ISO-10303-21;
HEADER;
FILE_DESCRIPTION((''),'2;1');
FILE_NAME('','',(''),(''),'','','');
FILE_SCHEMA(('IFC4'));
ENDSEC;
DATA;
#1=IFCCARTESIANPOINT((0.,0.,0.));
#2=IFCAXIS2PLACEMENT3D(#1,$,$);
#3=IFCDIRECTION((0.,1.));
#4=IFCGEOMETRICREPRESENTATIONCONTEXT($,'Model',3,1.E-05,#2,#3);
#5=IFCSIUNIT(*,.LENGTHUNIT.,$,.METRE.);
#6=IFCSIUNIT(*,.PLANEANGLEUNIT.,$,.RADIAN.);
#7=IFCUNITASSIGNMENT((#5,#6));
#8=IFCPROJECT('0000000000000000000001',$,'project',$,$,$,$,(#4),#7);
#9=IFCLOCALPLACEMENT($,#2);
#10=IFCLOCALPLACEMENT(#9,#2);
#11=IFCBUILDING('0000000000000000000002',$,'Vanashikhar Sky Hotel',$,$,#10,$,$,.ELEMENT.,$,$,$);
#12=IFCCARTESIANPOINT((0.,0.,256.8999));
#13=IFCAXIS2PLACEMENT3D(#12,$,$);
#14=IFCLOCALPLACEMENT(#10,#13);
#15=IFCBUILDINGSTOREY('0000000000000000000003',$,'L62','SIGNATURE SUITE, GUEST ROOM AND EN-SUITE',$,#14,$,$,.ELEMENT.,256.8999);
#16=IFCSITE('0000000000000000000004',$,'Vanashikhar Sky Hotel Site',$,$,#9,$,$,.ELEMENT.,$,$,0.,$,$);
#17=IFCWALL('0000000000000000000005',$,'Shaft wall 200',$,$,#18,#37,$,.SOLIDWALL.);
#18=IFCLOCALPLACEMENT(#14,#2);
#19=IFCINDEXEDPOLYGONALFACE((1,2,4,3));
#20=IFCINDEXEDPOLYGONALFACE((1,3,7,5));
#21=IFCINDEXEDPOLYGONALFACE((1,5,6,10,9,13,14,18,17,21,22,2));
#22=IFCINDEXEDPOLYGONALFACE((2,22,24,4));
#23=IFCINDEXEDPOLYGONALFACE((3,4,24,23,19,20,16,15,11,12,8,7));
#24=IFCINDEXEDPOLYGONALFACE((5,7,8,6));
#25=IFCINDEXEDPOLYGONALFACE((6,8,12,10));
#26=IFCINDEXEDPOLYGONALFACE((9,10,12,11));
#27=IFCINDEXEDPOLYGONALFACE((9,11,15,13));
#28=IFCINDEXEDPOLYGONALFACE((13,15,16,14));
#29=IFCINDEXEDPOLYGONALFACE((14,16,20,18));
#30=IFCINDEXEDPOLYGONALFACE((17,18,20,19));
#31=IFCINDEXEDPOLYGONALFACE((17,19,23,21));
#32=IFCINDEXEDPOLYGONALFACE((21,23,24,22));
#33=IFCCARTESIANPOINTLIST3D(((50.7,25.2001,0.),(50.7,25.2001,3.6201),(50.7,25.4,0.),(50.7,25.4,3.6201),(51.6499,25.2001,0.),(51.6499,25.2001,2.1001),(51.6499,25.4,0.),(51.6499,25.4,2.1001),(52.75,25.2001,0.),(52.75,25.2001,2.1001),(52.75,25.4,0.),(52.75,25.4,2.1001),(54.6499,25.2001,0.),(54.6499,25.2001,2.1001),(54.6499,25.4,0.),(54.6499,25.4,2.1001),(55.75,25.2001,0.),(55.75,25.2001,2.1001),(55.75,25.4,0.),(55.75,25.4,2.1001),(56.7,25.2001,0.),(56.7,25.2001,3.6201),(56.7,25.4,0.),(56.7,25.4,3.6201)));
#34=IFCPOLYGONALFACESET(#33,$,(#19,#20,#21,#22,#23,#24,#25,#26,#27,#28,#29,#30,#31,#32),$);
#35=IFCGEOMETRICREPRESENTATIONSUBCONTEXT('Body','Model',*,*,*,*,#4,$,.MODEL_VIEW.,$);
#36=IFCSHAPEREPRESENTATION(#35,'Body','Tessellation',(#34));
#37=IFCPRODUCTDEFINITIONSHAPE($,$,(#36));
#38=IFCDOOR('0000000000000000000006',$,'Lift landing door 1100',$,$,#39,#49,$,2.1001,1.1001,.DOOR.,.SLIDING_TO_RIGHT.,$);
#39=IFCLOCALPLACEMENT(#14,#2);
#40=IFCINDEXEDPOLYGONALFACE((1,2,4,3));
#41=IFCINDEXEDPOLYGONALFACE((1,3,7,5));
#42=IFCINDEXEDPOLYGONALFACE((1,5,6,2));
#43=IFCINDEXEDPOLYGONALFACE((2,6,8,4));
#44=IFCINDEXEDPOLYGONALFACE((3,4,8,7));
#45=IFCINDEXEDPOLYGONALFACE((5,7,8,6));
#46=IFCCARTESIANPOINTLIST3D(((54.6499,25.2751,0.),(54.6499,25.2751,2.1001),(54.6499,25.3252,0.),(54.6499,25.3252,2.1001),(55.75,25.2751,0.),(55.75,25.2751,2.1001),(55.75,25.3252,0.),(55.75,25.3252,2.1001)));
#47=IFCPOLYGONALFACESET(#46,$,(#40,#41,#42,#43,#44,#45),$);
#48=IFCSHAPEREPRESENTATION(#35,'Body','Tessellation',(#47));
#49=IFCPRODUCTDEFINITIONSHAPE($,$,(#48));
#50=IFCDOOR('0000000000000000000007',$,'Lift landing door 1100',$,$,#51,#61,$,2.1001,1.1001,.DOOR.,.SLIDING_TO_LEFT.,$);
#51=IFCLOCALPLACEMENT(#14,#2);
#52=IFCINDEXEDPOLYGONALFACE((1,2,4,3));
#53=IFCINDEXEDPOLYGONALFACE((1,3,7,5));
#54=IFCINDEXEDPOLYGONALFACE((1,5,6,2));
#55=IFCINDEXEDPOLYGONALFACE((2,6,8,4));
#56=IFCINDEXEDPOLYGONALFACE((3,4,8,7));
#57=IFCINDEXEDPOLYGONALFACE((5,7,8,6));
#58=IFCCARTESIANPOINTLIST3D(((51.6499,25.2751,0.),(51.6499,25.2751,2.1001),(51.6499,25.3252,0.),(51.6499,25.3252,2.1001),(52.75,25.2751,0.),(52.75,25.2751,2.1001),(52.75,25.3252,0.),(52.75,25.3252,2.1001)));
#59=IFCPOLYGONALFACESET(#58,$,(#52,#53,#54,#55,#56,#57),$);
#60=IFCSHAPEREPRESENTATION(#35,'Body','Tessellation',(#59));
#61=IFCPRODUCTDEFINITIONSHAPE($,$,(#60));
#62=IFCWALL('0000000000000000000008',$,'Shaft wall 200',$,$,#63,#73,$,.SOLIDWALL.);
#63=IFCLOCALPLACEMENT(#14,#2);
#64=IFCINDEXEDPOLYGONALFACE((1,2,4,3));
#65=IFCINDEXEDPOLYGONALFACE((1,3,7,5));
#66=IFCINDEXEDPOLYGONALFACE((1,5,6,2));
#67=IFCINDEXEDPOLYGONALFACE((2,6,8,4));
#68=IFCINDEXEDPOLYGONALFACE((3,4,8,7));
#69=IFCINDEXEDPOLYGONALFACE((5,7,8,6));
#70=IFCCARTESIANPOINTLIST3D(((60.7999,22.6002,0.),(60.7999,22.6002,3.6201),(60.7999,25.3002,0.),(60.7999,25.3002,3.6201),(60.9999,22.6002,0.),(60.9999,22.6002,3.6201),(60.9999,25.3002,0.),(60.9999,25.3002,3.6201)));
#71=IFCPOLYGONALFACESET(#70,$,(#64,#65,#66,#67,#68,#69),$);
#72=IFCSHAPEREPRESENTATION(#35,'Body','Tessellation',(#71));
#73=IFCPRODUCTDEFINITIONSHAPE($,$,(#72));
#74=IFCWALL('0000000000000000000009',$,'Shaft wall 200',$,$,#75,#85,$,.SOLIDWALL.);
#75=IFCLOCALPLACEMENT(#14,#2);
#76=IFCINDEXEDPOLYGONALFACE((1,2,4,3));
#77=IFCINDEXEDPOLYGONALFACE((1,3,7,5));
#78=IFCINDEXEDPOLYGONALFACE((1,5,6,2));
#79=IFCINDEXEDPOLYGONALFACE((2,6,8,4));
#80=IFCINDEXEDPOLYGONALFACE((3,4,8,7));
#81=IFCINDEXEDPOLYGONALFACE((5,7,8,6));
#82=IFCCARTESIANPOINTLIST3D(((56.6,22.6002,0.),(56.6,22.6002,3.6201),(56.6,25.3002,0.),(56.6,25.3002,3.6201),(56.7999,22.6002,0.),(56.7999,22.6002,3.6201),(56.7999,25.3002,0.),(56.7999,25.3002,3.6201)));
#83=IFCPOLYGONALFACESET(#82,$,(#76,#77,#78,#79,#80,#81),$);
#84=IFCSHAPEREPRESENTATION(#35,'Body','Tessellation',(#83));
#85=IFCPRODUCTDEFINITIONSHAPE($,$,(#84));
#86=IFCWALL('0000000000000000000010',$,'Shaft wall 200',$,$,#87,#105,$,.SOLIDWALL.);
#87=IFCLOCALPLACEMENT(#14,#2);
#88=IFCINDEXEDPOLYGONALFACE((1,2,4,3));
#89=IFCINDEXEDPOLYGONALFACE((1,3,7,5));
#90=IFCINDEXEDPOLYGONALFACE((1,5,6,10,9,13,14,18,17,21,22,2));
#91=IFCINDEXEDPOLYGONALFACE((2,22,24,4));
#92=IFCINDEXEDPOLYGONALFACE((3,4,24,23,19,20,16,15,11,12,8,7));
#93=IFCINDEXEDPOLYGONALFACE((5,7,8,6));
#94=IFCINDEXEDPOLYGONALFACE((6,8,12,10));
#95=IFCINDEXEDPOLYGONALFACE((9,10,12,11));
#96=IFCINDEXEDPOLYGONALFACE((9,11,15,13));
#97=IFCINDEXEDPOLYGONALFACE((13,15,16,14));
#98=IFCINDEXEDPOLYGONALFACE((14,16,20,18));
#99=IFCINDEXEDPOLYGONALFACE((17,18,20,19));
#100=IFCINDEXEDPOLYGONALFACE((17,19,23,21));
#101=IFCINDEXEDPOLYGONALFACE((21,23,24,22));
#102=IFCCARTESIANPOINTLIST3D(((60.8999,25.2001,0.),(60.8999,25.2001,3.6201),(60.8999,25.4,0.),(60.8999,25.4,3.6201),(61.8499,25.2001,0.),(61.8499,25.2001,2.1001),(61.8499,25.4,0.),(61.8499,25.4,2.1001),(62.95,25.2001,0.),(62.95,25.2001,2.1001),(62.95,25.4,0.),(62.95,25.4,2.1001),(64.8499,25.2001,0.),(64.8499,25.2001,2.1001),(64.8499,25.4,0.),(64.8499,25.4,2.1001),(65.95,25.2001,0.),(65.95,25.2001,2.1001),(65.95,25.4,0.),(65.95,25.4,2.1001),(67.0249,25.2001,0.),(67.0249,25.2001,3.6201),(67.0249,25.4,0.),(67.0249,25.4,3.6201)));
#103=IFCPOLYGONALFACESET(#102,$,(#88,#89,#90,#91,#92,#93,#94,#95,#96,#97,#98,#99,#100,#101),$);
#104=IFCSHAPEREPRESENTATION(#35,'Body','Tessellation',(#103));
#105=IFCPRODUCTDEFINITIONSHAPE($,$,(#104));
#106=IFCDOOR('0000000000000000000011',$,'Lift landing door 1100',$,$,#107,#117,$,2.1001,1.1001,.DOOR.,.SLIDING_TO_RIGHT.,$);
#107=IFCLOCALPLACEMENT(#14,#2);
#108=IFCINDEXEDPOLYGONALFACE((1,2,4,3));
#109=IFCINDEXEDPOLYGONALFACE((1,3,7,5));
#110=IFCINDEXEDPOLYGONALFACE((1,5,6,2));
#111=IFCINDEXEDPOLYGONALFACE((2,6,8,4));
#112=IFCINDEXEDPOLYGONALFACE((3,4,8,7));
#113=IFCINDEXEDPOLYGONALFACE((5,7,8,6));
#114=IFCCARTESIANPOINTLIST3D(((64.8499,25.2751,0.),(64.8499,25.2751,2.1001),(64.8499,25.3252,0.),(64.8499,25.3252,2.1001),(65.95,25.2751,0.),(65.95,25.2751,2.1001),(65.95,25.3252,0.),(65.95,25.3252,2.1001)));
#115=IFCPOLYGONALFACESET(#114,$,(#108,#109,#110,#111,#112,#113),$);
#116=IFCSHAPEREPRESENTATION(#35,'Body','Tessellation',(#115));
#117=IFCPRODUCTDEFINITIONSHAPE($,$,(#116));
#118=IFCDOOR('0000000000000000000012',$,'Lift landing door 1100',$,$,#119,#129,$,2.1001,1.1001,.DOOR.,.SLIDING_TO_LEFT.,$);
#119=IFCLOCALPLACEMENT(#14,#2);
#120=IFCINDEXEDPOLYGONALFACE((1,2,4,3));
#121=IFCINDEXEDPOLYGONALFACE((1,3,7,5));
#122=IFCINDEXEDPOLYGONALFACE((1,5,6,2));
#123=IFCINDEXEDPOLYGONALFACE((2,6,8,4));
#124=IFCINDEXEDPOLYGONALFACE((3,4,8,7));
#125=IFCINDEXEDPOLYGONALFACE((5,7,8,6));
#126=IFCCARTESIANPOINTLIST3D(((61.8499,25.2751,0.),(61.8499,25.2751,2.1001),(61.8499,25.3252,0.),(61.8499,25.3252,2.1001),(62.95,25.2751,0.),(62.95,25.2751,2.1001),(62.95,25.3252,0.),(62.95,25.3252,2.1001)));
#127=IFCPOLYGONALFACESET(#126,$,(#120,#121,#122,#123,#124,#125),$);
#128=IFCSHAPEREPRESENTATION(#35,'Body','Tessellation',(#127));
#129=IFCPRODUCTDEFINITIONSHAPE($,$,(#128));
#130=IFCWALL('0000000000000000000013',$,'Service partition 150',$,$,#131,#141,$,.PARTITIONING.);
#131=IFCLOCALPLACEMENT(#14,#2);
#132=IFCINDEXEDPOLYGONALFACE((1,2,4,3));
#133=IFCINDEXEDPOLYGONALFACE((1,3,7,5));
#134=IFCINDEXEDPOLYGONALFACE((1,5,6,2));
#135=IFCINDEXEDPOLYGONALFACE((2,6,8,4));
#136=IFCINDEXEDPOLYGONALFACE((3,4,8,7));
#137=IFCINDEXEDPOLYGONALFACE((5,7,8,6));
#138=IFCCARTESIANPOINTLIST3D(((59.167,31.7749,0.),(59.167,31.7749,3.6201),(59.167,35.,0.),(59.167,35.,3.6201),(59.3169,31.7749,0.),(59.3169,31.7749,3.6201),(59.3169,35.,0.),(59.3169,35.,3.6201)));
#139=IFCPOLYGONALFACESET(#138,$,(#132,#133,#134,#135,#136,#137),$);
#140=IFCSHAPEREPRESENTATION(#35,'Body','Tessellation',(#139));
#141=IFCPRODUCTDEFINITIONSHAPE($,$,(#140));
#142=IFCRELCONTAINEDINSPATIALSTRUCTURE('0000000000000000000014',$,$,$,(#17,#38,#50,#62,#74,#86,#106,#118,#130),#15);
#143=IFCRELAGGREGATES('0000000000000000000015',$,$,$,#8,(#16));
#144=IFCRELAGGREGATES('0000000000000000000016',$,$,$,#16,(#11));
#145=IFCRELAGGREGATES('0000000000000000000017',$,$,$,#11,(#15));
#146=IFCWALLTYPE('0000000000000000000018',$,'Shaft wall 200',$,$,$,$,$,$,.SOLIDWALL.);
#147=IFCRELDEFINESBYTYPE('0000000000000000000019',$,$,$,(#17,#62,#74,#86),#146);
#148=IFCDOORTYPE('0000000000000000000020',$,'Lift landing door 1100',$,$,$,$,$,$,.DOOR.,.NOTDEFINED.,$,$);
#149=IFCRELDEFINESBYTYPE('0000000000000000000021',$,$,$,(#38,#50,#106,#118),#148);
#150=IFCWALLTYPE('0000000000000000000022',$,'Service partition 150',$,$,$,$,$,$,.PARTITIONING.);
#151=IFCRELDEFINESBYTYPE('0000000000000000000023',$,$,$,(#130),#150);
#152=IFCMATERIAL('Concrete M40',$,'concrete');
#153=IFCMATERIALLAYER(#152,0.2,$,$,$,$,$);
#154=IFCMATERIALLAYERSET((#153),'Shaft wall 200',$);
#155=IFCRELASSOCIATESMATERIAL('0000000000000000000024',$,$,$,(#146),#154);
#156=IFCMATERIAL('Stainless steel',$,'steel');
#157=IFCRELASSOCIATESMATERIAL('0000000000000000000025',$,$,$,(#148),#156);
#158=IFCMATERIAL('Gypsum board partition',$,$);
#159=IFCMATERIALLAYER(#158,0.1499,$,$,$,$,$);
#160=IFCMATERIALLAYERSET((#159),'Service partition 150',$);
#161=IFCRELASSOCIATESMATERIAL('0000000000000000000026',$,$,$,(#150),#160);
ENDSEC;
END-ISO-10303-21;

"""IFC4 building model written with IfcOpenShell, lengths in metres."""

from ifc_helpers import new_model, si_unit, direction, frame, frame_2d, origin, place, context, subcontext, project, spatial, rectangle, extrude, source, transform, mapped, material, layer, layer_set, type_object, element, fill, save


model = new_model("IFC4")

# Units and contexts
model_context = context("Model", 3, precision=1e-05, world=origin(), true_north=direction((0.0, 1.0)))
body_context = subcontext(model_context, "Body", "Model", "MODEL_VIEW")
ifc_project = project(units=[si_unit("LENGTHUNIT", "METRE"), si_unit("PLANEANGLEUNIT", "RADIAN")], contexts=[model_context])

# Site, building, storey
site_placement = place(None, origin())
site = spatial("IfcSite", under=ifc_project, at=site_placement, Name="Vanashikhar Sky Hotel Site", CompositionType="ELEMENT", RefElevation=0.0)
building_placement = place(site_placement, origin())
building = spatial("IfcBuilding", under=site, at=building_placement, Name="Vanashikhar Sky Hotel", CompositionType="ELEMENT")
storey_placement = place(building_placement, frame((0.0, 0.0, 256.8999)))
storey = spatial("IfcBuildingStorey", under=building, at=storey_placement, Name="L62", Description="SIGNATURE SUITE, GUEST ROOM AND EN-SUITE", CompositionType="ELEMENT", Elevation=256.8999)

# Wall, openings, doors
ifc_material_1 = material(Name="Concrete M40", Category="concrete")
ifc_layer_1 = layer(ifc_material_1, 0.2)
ifc_layer_set_1 = layer_set([ifc_layer_1], Name="Shaft wall 200")
wall_type_1 = type_object("IfcWallType", Name="Shaft wall 200", PredefinedType="SOLIDWALL", material=ifc_layer_set_1)
shared_shape_1 = source(origin(), body_context, "Body", "SweptSolid", [
    extrude(rectangle(XDim=6.0, YDim=0.2, at=frame_2d((3.0, 0.0))), origin(), (0.0, 0.0, 1.0), 3.6201),
])
wall_1_placement = place(storey_placement, frame((56.7, 25.3, 0.0), z_axis=(0.0, 0.0, 1.0), x_axis=(-1.0, 0.0, 0.0)))
wall_1 = element("IfcWall", 1, at=wall_1_placement, inside=storey, type_object=wall_type_1, Name="Shaft wall 200", PredefinedType="SOLIDWALL", context=body_context, shape_type="MappedRepresentation", body=[
    mapped(shared_shape_1, transform((0.0, 0.0, 0.0), scale=1.0)),
])
shared_shape_2 = source(origin(), body_context, "Body", "SweptSolid", [
    extrude(rectangle(XDim=1.1001, YDim=2.1001, at=frame_2d((0.55, 1.05))), frame((0.0, 0.1099, 0.0), z_axis=(0.0, -1.0, 0.0), x_axis=(1.0, 0.0, 0.0)), (0.0, 0.0, 1.0), 0.22),
])
opening_1_placement = place(wall_1_placement, frame((0.95, 0.0, 0.0)))
opening_1 = element("IfcOpeningElement", 2, at=opening_1_placement, cuts=wall_1, PredefinedType="OPENING", context=body_context, shape_type="MappedRepresentation", body=[
    mapped(shared_shape_2, transform((0.0, 0.0, 0.0), scale=1.0)),
])
opening_2_placement = place(wall_1_placement, frame((3.95, 0.0, 0.0)))
opening_2 = element("IfcOpeningElement", 3, at=opening_2_placement, cuts=wall_1, PredefinedType="OPENING", context=body_context, shape_type="MappedRepresentation", body=[
    mapped(shared_shape_2, transform((0.0, 0.0, 0.0), scale=1.0)),
])
ifc_material_2 = material(Name="Stainless steel", Category="steel")
door_type_1 = type_object("IfcDoorType", Name="Lift landing door 1100", OperationType="NOTDEFINED", PredefinedType="DOOR", material=ifc_material_2)
shared_shape_3 = source(origin(), body_context, "Body", "SweptSolid", [
    extrude(rectangle(XDim=1.1001, YDim=2.1001, at=frame_2d((0.55, 1.05))), frame((0.0, 0.0249, 0.0), z_axis=(0.0, -1.0, 0.0), x_axis=(1.0, 0.0, 0.0)), (0.0, 0.0, 1.0), 0.05),
])
door_1_placement = place(opening_1_placement, origin())
door_1 = element("IfcDoor", 4, at=door_1_placement, inside=storey, type_object=door_type_1, Name="Lift landing door 1100", OperationType="SLIDING_TO_RIGHT", OverallHeight=2.1001, OverallWidth=1.1001, PredefinedType="DOOR", context=body_context, shape_type="MappedRepresentation", body=[
    mapped(shared_shape_3, transform((0.0, 0.0, 0.0), scale=1.0)),
])
fill(opening_1, door_1)
door_2_placement = place(opening_2_placement, origin())
door_2 = element("IfcDoor", 5, at=door_2_placement, inside=storey, type_object=door_type_1, Name="Lift landing door 1100", OperationType="SLIDING_TO_LEFT", OverallHeight=2.1001, OverallWidth=1.1001, PredefinedType="DOOR", context=body_context, shape_type="MappedRepresentation", body=[
    mapped(shared_shape_3, transform((0.0, 0.0, 0.0), scale=1.0)),
])
fill(opening_2, door_2)

# Walls
shared_shape_4 = source(origin(), body_context, "Body", "SweptSolid", [
    extrude(rectangle(XDim=2.7, YDim=0.2, at=frame_2d((1.3501, 0.0))), origin(), (0.0, 0.0, 1.0), 3.6201),
])
for number, where, z_axis, x_axis, name in (
    (6, (60.8999, 22.6001, 0.0), (0.0, 0.0, 1.0), (0.0, 1.0, 0.0), "Shaft wall 200"),
    (7, (56.7, 22.6001, 0.0), (0.0, 0.0, 1.0), (0.0, 1.0, 0.0), "Shaft wall 200"),
):
    element("IfcWall", number, at=place(storey_placement, frame(where, z_axis=z_axis, x_axis=x_axis)), inside=storey, type_object=wall_type_1, Name=name, PredefinedType="SOLIDWALL", context=body_context, shape_type="MappedRepresentation", body=[
        mapped(shared_shape_4, transform((0.0, 0.0, 0.0), scale=1.0)),
    ])

# Wall, openings, doors
shared_shape_5 = source(origin(), body_context, "Body", "SweptSolid", [
    extrude(rectangle(XDim=6.125, YDim=0.2, at=frame_2d((3.0625, 0.0))), origin(), (0.0, 0.0, 1.0), 3.6201),
])
wall_2_placement = place(storey_placement, frame((67.0249, 25.3, 0.0), z_axis=(0.0, 0.0, 1.0), x_axis=(-1.0, 0.0, 0.0)))
wall_2 = element("IfcWall", 8, at=wall_2_placement, inside=storey, type_object=wall_type_1, Name="Shaft wall 200", PredefinedType="SOLIDWALL", context=body_context, shape_type="MappedRepresentation", body=[
    mapped(shared_shape_5, transform((0.0, 0.0, 0.0), scale=1.0)),
])
opening_3_placement = place(wall_2_placement, frame((1.075, 0.0, 0.0)))
opening_3 = element("IfcOpeningElement", 9, at=opening_3_placement, cuts=wall_2, PredefinedType="OPENING", context=body_context, shape_type="MappedRepresentation", body=[
    mapped(shared_shape_2, transform((0.0, 0.0, 0.0), scale=1.0)),
])
opening_4_placement = place(wall_2_placement, frame((4.075, 0.0, 0.0)))
opening_4 = element("IfcOpeningElement", 10, at=opening_4_placement, cuts=wall_2, PredefinedType="OPENING", context=body_context, shape_type="MappedRepresentation", body=[
    mapped(shared_shape_2, transform((0.0, 0.0, 0.0), scale=1.0)),
])
door_3_placement = place(opening_3_placement, origin())
door_3 = element("IfcDoor", 11, at=door_3_placement, inside=storey, type_object=door_type_1, Name="Lift landing door 1100", OperationType="SLIDING_TO_RIGHT", OverallHeight=2.1001, OverallWidth=1.1001, PredefinedType="DOOR", context=body_context, shape_type="MappedRepresentation", body=[
    mapped(shared_shape_3, transform((0.0, 0.0, 0.0), scale=1.0)),
])
fill(opening_3, door_3)
door_4_placement = place(opening_4_placement, origin())
door_4 = element("IfcDoor", 12, at=door_4_placement, inside=storey, type_object=door_type_1, Name="Lift landing door 1100", OperationType="SLIDING_TO_LEFT", OverallHeight=2.1001, OverallWidth=1.1001, PredefinedType="DOOR", context=body_context, shape_type="MappedRepresentation", body=[
    mapped(shared_shape_3, transform((0.0, 0.0, 0.0), scale=1.0)),
])
fill(opening_4, door_4)

# Wall
ifc_material_3 = material(Name="Gypsum board partition")
ifc_layer_2 = layer(ifc_material_3, 0.1499)
ifc_layer_set_2 = layer_set([ifc_layer_2], Name="Service partition 150")
wall_type_2 = type_object("IfcWallType", Name="Service partition 150", PredefinedType="PARTITIONING", material=ifc_layer_set_2)
shared_shape_6 = source(origin(), body_context, "Body", "SweptSolid", [
    extrude(rectangle(XDim=3.2251, YDim=0.1499, at=frame_2d((1.6125, 0.0))), origin(), (0.0, 0.0, 1.0), 3.6201),
])
wall_3_placement = place(storey_placement, frame((59.2419, 31.7749, 0.0), z_axis=(0.0, 0.0, 1.0), x_axis=(0.0, 1.0, 0.0)))
element("IfcWall", 13, at=wall_3_placement, inside=storey, type_object=wall_type_2, Name="Service partition 150", PredefinedType="PARTITIONING", context=body_context, shape_type="MappedRepresentation", body=[
    mapped(shared_shape_6, transform((0.0, 0.0, 0.0), scale=1.0)),
])

save(model, "model.ifc")
